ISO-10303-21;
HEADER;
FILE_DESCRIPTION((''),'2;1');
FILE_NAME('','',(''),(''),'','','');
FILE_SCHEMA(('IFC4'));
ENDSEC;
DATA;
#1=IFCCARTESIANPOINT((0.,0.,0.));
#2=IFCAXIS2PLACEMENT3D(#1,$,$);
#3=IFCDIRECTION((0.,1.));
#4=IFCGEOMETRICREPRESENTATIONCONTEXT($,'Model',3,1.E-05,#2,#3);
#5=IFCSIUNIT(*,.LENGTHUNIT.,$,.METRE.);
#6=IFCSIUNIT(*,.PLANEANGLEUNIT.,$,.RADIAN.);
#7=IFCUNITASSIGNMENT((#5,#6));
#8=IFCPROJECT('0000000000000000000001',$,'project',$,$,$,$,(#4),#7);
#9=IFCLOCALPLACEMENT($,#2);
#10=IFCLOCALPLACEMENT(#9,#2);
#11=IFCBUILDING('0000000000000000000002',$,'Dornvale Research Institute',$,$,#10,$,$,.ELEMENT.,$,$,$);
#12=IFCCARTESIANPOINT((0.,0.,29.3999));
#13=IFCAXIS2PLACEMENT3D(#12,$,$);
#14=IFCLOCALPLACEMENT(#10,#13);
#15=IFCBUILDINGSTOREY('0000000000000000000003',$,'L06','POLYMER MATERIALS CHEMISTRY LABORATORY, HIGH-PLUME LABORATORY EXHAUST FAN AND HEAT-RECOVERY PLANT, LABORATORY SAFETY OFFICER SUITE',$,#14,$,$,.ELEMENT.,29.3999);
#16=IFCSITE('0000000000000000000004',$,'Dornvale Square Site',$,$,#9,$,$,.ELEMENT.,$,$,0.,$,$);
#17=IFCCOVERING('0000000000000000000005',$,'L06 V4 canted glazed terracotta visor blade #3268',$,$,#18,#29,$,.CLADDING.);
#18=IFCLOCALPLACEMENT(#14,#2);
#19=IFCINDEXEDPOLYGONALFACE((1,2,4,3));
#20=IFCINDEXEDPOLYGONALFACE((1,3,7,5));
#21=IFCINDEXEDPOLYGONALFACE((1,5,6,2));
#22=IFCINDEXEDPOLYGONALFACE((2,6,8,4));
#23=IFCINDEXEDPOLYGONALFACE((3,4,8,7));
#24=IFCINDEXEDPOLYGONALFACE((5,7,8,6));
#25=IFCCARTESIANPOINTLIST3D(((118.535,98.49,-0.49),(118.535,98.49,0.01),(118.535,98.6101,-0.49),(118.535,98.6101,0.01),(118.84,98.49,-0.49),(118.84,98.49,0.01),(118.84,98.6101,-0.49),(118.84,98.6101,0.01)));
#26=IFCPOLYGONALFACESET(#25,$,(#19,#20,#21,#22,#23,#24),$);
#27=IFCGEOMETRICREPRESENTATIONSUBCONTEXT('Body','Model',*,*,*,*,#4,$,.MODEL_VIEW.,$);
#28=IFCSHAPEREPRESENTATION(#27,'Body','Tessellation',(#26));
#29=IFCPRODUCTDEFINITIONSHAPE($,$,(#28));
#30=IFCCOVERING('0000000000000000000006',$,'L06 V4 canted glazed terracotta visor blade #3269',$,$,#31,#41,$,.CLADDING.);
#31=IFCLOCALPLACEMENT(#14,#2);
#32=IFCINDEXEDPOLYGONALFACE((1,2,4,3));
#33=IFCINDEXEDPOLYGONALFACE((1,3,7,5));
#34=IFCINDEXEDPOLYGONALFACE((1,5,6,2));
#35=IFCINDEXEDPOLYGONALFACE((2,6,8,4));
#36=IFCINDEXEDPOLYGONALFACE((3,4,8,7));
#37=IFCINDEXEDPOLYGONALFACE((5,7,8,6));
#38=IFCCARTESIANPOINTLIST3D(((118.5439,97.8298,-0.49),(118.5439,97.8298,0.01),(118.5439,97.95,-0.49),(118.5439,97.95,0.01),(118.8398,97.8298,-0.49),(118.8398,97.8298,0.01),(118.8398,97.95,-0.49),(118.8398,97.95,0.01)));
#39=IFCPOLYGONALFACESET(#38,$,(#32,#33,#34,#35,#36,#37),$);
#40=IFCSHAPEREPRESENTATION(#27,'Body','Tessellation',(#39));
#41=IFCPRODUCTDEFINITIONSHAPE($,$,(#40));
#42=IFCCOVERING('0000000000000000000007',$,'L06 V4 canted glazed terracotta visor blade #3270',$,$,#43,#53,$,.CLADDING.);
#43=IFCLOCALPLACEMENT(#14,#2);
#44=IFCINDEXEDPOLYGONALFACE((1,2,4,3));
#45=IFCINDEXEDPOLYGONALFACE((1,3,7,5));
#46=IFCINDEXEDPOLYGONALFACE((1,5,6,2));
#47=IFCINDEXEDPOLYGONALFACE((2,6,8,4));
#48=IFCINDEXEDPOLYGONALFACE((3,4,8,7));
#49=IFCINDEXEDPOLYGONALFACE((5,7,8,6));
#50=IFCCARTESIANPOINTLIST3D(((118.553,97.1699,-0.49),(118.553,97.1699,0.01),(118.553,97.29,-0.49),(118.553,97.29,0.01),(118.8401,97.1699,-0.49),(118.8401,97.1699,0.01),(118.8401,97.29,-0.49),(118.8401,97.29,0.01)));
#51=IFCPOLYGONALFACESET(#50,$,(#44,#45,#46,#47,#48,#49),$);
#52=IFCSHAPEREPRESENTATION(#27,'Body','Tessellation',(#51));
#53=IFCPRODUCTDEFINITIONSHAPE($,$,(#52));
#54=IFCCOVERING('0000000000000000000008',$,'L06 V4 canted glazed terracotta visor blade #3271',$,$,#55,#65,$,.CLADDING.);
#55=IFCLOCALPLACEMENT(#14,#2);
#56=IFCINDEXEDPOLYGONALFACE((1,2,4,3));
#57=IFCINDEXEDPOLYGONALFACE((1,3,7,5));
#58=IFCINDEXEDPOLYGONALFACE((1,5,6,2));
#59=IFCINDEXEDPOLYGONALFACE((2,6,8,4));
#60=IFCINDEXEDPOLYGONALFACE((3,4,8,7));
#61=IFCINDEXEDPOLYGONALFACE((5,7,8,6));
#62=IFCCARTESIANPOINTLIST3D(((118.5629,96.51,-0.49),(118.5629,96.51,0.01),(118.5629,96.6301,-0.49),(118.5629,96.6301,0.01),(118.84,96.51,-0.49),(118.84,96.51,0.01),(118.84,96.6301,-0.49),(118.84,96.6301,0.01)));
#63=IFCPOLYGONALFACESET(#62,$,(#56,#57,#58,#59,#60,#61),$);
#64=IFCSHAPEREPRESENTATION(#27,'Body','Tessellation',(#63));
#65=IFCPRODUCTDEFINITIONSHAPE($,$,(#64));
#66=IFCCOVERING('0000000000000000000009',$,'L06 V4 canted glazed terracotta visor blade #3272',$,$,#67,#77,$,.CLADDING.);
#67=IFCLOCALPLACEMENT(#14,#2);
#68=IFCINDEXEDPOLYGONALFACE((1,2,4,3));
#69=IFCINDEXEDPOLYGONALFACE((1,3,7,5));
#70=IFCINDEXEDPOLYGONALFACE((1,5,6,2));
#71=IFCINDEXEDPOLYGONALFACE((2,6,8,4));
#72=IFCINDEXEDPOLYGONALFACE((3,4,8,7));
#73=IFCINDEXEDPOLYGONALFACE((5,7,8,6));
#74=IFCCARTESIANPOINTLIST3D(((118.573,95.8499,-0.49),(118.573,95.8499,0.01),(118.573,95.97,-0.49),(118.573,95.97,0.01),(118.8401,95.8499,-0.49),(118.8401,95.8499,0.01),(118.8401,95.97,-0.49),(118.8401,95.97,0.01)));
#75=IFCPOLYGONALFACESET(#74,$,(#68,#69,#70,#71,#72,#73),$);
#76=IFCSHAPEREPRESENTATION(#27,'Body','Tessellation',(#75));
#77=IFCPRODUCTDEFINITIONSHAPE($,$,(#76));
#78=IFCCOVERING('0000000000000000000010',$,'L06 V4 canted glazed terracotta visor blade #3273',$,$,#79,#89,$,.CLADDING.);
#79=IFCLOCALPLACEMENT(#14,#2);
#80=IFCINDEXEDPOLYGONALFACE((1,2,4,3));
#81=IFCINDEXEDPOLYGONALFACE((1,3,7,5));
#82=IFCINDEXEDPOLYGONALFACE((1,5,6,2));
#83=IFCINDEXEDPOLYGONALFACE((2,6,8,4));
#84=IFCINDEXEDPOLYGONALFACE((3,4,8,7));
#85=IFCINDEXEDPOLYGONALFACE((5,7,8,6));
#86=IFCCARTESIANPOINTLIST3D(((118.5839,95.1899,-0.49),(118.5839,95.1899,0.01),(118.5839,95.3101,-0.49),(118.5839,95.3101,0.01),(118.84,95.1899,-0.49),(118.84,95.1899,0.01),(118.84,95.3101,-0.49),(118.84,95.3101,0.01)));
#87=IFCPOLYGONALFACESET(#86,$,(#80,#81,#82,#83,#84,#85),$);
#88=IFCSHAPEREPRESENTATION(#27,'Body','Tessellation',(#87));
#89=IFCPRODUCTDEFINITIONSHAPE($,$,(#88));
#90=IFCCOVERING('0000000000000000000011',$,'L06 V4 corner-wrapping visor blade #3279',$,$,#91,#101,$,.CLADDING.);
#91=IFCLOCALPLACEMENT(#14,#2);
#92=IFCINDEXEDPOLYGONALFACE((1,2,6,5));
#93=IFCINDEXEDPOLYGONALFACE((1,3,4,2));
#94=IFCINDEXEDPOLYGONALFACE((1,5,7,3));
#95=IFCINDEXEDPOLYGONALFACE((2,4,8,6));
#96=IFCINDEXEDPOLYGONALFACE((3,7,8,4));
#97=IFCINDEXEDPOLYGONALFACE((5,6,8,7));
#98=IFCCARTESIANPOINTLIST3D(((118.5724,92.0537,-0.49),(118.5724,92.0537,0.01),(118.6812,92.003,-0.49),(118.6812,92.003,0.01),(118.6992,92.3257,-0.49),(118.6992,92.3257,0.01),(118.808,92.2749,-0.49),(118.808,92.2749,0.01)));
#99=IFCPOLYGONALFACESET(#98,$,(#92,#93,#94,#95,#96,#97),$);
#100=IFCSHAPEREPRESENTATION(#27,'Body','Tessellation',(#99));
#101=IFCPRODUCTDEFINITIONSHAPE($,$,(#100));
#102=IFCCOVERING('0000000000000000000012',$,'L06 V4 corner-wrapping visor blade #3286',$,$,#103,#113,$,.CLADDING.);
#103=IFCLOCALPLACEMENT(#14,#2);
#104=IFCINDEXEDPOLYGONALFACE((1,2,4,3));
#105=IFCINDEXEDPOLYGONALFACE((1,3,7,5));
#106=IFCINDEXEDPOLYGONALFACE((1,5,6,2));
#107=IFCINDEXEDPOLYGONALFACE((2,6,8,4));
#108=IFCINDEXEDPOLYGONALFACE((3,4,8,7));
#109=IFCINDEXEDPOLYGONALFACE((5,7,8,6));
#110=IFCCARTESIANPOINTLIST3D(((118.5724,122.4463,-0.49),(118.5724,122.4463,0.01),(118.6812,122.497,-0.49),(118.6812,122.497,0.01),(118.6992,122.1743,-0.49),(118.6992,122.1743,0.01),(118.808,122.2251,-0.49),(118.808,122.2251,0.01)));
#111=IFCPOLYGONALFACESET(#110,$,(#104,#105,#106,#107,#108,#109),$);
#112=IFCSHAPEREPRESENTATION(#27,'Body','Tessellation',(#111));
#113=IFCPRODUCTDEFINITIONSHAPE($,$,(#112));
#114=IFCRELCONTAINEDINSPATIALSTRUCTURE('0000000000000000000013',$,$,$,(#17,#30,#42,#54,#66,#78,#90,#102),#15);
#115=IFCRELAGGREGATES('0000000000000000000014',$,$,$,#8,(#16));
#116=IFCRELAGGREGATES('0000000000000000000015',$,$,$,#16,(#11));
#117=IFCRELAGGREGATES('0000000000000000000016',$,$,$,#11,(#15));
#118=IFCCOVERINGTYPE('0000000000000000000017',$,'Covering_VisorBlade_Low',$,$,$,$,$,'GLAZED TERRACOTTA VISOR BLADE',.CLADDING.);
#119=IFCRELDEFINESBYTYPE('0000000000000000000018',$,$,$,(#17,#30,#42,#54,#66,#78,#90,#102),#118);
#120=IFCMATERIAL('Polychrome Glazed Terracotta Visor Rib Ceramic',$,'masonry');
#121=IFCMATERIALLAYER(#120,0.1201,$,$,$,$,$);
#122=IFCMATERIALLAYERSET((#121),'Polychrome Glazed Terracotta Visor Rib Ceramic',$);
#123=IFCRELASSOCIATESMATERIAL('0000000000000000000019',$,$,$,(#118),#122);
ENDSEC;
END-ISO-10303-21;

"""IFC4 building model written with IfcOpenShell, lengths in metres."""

from ifc_helpers import new_model, si_unit, direction, frame, origin, origin_2d, place, context, subcontext, project, spatial, rectangle, extrude, material, layer, layer_set, type_object, element, save


model = new_model("IFC4")

# Units and contexts
model_context = context("Model", 3, precision=1e-05, world=origin(), true_north=direction((0.0, 1.0)))
body_context = subcontext(model_context, "Body", "Model", "MODEL_VIEW")
ifc_project = project(units=[si_unit("LENGTHUNIT", "METRE"), si_unit("PLANEANGLEUNIT", "RADIAN")], contexts=[model_context])

# Site, building, storey
site_placement = place(None, origin())
site = spatial("IfcSite", under=ifc_project, at=site_placement, Name="Dornvale Square Site", CompositionType="ELEMENT", RefElevation=0.0)
building_placement = place(site_placement, origin())
building = spatial("IfcBuilding", under=site, at=building_placement, Name="Dornvale Research Institute", CompositionType="ELEMENT")
storey_placement = place(building_placement, frame((0.0, 0.0, 29.3999)))
storey = spatial("IfcBuildingStorey", under=building, at=storey_placement, Name="L06", Description="POLYMER MATERIALS CHEMISTRY LABORATORY, HIGH-PLUME LABORATORY EXHAUST FAN AND HEAT-RECOVERY PLANT, LABORATORY SAFETY OFFICER SUITE", CompositionType="ELEMENT", Elevation=29.3999)

# Coverings
ifc_material = material(Name="Polychrome Glazed Terracotta Visor Rib Ceramic", Category="masonry")
ifc_layer = layer(ifc_material, 0.1201)
ifc_layer_set = layer_set([ifc_layer], Name="Polychrome Glazed Terracotta Visor Rib Ceramic")
covering_type = type_object("IfcCoveringType", Name="Covering_VisorBlade_Low", ElementType="GLAZED TERRACOTTA VISOR BLADE", PredefinedType="CLADDING", material=ifc_layer_set)
covering_1_placement = place(storey_placement, frame((118.6875, 98.55, -0.49), z_axis=(0.0, 0.0, 1.0), x_axis=(1.0, 0.0, 0.0)))
element("IfcCovering", 1, at=covering_1_placement, inside=storey, type_object=covering_type, Name="L06 V4 canted glazed terracotta visor blade #3268", PredefinedType="CLADDING", context=body_context, shape_type="SweptSolid", body=[
    extrude(rectangle(XDim=0.3049, YDim=0.1201, at=origin_2d()), origin(), (0.0, 0.0, 1.0), 0.5),
])
covering_2_placement = place(storey_placement, frame((118.6919, 97.8899, -0.49), z_axis=(0.0, 0.0, 1.0), x_axis=(1.0, 0.0, 0.0)))
element("IfcCovering", 2, at=covering_2_placement, inside=storey, type_object=covering_type, Name="L06 V4 canted glazed terracotta visor blade #3269", PredefinedType="CLADDING", context=body_context, shape_type="SweptSolid", body=[
    extrude(rectangle(XDim=0.2959, YDim=0.1201, at=origin_2d()), origin(), (0.0, 0.0, 1.0), 0.5),
])
covering_3_placement = place(storey_placement, frame((118.6965, 97.23, -0.49), z_axis=(0.0, 0.0, 1.0), x_axis=(1.0, 0.0, 0.0)))
element("IfcCovering", 3, at=covering_3_placement, inside=storey, type_object=covering_type, Name="L06 V4 canted glazed terracotta visor blade #3270", PredefinedType="CLADDING", context=body_context, shape_type="SweptSolid", body=[
    extrude(rectangle(XDim=0.2871, YDim=0.1201, at=origin_2d()), origin(), (0.0, 0.0, 1.0), 0.5),
])
covering_4_placement = place(storey_placement, frame((118.7014, 96.5701, -0.49), z_axis=(0.0, 0.0, 1.0), x_axis=(1.0, 0.0, 0.0)))
element("IfcCovering", 4, at=covering_4_placement, inside=storey, type_object=covering_type, Name="L06 V4 canted glazed terracotta visor blade #3271", PredefinedType="CLADDING", context=body_context, shape_type="SweptSolid", body=[
    extrude(rectangle(XDim=0.2771, YDim=0.1201, at=origin_2d()), origin(), (0.0, 0.0, 1.0), 0.5),
])
covering_5_placement = place(storey_placement, frame((118.7065, 95.9099, -0.49), z_axis=(0.0, 0.0, 1.0), x_axis=(1.0, 0.0, 0.0)))
element("IfcCovering", 5, at=covering_5_placement, inside=storey, type_object=covering_type, Name="L06 V4 canted glazed terracotta visor blade #3272", PredefinedType="CLADDING", context=body_context, shape_type="SweptSolid", body=[
    extrude(rectangle(XDim=0.2671, YDim=0.1201, at=origin_2d()), origin(), (0.0, 0.0, 1.0), 0.5),
])
covering_6_placement = place(storey_placement, frame((118.7119, 95.25, -0.49), z_axis=(0.0, 0.0, 1.0), x_axis=(1.0, 0.0, 0.0)))
element("IfcCovering", 6, at=covering_6_placement, inside=storey, type_object=covering_type, Name="L06 V4 canted glazed terracotta visor blade #3273", PredefinedType="CLADDING", context=body_context, shape_type="SweptSolid", body=[
    extrude(rectangle(XDim=0.2561, YDim=0.1201, at=origin_2d()), origin(), (0.0, 0.0, 1.0), 0.5),
])
for number, where, z_axis, x_axis, name in (
    (7, (118.6902, 92.1643, -0.49), (0.0, 0.0, 1.0), (-0.422618, -0.906308, 0.0), "L06 V4 corner-wrapping visor blade #3279"),
    (8, (118.6902, 122.3357, -0.49), (0.0, 0.0, 1.0), (-0.422618, 0.906308, 0.0), "L06 V4 corner-wrapping visor blade #3286"),
):
    element("IfcCovering", number, at=place(storey_placement, frame(where, z_axis=z_axis, x_axis=x_axis)), inside=storey, type_object=covering_type, Name=name, PredefinedType="CLADDING", context=body_context, shape_type="SweptSolid", body=[
        extrude(rectangle(XDim=0.3, YDim=0.1201, at=origin_2d()), origin(), (0.0, 0.0, 1.0), 0.5),
    ])

save(model, "model.ifc")
